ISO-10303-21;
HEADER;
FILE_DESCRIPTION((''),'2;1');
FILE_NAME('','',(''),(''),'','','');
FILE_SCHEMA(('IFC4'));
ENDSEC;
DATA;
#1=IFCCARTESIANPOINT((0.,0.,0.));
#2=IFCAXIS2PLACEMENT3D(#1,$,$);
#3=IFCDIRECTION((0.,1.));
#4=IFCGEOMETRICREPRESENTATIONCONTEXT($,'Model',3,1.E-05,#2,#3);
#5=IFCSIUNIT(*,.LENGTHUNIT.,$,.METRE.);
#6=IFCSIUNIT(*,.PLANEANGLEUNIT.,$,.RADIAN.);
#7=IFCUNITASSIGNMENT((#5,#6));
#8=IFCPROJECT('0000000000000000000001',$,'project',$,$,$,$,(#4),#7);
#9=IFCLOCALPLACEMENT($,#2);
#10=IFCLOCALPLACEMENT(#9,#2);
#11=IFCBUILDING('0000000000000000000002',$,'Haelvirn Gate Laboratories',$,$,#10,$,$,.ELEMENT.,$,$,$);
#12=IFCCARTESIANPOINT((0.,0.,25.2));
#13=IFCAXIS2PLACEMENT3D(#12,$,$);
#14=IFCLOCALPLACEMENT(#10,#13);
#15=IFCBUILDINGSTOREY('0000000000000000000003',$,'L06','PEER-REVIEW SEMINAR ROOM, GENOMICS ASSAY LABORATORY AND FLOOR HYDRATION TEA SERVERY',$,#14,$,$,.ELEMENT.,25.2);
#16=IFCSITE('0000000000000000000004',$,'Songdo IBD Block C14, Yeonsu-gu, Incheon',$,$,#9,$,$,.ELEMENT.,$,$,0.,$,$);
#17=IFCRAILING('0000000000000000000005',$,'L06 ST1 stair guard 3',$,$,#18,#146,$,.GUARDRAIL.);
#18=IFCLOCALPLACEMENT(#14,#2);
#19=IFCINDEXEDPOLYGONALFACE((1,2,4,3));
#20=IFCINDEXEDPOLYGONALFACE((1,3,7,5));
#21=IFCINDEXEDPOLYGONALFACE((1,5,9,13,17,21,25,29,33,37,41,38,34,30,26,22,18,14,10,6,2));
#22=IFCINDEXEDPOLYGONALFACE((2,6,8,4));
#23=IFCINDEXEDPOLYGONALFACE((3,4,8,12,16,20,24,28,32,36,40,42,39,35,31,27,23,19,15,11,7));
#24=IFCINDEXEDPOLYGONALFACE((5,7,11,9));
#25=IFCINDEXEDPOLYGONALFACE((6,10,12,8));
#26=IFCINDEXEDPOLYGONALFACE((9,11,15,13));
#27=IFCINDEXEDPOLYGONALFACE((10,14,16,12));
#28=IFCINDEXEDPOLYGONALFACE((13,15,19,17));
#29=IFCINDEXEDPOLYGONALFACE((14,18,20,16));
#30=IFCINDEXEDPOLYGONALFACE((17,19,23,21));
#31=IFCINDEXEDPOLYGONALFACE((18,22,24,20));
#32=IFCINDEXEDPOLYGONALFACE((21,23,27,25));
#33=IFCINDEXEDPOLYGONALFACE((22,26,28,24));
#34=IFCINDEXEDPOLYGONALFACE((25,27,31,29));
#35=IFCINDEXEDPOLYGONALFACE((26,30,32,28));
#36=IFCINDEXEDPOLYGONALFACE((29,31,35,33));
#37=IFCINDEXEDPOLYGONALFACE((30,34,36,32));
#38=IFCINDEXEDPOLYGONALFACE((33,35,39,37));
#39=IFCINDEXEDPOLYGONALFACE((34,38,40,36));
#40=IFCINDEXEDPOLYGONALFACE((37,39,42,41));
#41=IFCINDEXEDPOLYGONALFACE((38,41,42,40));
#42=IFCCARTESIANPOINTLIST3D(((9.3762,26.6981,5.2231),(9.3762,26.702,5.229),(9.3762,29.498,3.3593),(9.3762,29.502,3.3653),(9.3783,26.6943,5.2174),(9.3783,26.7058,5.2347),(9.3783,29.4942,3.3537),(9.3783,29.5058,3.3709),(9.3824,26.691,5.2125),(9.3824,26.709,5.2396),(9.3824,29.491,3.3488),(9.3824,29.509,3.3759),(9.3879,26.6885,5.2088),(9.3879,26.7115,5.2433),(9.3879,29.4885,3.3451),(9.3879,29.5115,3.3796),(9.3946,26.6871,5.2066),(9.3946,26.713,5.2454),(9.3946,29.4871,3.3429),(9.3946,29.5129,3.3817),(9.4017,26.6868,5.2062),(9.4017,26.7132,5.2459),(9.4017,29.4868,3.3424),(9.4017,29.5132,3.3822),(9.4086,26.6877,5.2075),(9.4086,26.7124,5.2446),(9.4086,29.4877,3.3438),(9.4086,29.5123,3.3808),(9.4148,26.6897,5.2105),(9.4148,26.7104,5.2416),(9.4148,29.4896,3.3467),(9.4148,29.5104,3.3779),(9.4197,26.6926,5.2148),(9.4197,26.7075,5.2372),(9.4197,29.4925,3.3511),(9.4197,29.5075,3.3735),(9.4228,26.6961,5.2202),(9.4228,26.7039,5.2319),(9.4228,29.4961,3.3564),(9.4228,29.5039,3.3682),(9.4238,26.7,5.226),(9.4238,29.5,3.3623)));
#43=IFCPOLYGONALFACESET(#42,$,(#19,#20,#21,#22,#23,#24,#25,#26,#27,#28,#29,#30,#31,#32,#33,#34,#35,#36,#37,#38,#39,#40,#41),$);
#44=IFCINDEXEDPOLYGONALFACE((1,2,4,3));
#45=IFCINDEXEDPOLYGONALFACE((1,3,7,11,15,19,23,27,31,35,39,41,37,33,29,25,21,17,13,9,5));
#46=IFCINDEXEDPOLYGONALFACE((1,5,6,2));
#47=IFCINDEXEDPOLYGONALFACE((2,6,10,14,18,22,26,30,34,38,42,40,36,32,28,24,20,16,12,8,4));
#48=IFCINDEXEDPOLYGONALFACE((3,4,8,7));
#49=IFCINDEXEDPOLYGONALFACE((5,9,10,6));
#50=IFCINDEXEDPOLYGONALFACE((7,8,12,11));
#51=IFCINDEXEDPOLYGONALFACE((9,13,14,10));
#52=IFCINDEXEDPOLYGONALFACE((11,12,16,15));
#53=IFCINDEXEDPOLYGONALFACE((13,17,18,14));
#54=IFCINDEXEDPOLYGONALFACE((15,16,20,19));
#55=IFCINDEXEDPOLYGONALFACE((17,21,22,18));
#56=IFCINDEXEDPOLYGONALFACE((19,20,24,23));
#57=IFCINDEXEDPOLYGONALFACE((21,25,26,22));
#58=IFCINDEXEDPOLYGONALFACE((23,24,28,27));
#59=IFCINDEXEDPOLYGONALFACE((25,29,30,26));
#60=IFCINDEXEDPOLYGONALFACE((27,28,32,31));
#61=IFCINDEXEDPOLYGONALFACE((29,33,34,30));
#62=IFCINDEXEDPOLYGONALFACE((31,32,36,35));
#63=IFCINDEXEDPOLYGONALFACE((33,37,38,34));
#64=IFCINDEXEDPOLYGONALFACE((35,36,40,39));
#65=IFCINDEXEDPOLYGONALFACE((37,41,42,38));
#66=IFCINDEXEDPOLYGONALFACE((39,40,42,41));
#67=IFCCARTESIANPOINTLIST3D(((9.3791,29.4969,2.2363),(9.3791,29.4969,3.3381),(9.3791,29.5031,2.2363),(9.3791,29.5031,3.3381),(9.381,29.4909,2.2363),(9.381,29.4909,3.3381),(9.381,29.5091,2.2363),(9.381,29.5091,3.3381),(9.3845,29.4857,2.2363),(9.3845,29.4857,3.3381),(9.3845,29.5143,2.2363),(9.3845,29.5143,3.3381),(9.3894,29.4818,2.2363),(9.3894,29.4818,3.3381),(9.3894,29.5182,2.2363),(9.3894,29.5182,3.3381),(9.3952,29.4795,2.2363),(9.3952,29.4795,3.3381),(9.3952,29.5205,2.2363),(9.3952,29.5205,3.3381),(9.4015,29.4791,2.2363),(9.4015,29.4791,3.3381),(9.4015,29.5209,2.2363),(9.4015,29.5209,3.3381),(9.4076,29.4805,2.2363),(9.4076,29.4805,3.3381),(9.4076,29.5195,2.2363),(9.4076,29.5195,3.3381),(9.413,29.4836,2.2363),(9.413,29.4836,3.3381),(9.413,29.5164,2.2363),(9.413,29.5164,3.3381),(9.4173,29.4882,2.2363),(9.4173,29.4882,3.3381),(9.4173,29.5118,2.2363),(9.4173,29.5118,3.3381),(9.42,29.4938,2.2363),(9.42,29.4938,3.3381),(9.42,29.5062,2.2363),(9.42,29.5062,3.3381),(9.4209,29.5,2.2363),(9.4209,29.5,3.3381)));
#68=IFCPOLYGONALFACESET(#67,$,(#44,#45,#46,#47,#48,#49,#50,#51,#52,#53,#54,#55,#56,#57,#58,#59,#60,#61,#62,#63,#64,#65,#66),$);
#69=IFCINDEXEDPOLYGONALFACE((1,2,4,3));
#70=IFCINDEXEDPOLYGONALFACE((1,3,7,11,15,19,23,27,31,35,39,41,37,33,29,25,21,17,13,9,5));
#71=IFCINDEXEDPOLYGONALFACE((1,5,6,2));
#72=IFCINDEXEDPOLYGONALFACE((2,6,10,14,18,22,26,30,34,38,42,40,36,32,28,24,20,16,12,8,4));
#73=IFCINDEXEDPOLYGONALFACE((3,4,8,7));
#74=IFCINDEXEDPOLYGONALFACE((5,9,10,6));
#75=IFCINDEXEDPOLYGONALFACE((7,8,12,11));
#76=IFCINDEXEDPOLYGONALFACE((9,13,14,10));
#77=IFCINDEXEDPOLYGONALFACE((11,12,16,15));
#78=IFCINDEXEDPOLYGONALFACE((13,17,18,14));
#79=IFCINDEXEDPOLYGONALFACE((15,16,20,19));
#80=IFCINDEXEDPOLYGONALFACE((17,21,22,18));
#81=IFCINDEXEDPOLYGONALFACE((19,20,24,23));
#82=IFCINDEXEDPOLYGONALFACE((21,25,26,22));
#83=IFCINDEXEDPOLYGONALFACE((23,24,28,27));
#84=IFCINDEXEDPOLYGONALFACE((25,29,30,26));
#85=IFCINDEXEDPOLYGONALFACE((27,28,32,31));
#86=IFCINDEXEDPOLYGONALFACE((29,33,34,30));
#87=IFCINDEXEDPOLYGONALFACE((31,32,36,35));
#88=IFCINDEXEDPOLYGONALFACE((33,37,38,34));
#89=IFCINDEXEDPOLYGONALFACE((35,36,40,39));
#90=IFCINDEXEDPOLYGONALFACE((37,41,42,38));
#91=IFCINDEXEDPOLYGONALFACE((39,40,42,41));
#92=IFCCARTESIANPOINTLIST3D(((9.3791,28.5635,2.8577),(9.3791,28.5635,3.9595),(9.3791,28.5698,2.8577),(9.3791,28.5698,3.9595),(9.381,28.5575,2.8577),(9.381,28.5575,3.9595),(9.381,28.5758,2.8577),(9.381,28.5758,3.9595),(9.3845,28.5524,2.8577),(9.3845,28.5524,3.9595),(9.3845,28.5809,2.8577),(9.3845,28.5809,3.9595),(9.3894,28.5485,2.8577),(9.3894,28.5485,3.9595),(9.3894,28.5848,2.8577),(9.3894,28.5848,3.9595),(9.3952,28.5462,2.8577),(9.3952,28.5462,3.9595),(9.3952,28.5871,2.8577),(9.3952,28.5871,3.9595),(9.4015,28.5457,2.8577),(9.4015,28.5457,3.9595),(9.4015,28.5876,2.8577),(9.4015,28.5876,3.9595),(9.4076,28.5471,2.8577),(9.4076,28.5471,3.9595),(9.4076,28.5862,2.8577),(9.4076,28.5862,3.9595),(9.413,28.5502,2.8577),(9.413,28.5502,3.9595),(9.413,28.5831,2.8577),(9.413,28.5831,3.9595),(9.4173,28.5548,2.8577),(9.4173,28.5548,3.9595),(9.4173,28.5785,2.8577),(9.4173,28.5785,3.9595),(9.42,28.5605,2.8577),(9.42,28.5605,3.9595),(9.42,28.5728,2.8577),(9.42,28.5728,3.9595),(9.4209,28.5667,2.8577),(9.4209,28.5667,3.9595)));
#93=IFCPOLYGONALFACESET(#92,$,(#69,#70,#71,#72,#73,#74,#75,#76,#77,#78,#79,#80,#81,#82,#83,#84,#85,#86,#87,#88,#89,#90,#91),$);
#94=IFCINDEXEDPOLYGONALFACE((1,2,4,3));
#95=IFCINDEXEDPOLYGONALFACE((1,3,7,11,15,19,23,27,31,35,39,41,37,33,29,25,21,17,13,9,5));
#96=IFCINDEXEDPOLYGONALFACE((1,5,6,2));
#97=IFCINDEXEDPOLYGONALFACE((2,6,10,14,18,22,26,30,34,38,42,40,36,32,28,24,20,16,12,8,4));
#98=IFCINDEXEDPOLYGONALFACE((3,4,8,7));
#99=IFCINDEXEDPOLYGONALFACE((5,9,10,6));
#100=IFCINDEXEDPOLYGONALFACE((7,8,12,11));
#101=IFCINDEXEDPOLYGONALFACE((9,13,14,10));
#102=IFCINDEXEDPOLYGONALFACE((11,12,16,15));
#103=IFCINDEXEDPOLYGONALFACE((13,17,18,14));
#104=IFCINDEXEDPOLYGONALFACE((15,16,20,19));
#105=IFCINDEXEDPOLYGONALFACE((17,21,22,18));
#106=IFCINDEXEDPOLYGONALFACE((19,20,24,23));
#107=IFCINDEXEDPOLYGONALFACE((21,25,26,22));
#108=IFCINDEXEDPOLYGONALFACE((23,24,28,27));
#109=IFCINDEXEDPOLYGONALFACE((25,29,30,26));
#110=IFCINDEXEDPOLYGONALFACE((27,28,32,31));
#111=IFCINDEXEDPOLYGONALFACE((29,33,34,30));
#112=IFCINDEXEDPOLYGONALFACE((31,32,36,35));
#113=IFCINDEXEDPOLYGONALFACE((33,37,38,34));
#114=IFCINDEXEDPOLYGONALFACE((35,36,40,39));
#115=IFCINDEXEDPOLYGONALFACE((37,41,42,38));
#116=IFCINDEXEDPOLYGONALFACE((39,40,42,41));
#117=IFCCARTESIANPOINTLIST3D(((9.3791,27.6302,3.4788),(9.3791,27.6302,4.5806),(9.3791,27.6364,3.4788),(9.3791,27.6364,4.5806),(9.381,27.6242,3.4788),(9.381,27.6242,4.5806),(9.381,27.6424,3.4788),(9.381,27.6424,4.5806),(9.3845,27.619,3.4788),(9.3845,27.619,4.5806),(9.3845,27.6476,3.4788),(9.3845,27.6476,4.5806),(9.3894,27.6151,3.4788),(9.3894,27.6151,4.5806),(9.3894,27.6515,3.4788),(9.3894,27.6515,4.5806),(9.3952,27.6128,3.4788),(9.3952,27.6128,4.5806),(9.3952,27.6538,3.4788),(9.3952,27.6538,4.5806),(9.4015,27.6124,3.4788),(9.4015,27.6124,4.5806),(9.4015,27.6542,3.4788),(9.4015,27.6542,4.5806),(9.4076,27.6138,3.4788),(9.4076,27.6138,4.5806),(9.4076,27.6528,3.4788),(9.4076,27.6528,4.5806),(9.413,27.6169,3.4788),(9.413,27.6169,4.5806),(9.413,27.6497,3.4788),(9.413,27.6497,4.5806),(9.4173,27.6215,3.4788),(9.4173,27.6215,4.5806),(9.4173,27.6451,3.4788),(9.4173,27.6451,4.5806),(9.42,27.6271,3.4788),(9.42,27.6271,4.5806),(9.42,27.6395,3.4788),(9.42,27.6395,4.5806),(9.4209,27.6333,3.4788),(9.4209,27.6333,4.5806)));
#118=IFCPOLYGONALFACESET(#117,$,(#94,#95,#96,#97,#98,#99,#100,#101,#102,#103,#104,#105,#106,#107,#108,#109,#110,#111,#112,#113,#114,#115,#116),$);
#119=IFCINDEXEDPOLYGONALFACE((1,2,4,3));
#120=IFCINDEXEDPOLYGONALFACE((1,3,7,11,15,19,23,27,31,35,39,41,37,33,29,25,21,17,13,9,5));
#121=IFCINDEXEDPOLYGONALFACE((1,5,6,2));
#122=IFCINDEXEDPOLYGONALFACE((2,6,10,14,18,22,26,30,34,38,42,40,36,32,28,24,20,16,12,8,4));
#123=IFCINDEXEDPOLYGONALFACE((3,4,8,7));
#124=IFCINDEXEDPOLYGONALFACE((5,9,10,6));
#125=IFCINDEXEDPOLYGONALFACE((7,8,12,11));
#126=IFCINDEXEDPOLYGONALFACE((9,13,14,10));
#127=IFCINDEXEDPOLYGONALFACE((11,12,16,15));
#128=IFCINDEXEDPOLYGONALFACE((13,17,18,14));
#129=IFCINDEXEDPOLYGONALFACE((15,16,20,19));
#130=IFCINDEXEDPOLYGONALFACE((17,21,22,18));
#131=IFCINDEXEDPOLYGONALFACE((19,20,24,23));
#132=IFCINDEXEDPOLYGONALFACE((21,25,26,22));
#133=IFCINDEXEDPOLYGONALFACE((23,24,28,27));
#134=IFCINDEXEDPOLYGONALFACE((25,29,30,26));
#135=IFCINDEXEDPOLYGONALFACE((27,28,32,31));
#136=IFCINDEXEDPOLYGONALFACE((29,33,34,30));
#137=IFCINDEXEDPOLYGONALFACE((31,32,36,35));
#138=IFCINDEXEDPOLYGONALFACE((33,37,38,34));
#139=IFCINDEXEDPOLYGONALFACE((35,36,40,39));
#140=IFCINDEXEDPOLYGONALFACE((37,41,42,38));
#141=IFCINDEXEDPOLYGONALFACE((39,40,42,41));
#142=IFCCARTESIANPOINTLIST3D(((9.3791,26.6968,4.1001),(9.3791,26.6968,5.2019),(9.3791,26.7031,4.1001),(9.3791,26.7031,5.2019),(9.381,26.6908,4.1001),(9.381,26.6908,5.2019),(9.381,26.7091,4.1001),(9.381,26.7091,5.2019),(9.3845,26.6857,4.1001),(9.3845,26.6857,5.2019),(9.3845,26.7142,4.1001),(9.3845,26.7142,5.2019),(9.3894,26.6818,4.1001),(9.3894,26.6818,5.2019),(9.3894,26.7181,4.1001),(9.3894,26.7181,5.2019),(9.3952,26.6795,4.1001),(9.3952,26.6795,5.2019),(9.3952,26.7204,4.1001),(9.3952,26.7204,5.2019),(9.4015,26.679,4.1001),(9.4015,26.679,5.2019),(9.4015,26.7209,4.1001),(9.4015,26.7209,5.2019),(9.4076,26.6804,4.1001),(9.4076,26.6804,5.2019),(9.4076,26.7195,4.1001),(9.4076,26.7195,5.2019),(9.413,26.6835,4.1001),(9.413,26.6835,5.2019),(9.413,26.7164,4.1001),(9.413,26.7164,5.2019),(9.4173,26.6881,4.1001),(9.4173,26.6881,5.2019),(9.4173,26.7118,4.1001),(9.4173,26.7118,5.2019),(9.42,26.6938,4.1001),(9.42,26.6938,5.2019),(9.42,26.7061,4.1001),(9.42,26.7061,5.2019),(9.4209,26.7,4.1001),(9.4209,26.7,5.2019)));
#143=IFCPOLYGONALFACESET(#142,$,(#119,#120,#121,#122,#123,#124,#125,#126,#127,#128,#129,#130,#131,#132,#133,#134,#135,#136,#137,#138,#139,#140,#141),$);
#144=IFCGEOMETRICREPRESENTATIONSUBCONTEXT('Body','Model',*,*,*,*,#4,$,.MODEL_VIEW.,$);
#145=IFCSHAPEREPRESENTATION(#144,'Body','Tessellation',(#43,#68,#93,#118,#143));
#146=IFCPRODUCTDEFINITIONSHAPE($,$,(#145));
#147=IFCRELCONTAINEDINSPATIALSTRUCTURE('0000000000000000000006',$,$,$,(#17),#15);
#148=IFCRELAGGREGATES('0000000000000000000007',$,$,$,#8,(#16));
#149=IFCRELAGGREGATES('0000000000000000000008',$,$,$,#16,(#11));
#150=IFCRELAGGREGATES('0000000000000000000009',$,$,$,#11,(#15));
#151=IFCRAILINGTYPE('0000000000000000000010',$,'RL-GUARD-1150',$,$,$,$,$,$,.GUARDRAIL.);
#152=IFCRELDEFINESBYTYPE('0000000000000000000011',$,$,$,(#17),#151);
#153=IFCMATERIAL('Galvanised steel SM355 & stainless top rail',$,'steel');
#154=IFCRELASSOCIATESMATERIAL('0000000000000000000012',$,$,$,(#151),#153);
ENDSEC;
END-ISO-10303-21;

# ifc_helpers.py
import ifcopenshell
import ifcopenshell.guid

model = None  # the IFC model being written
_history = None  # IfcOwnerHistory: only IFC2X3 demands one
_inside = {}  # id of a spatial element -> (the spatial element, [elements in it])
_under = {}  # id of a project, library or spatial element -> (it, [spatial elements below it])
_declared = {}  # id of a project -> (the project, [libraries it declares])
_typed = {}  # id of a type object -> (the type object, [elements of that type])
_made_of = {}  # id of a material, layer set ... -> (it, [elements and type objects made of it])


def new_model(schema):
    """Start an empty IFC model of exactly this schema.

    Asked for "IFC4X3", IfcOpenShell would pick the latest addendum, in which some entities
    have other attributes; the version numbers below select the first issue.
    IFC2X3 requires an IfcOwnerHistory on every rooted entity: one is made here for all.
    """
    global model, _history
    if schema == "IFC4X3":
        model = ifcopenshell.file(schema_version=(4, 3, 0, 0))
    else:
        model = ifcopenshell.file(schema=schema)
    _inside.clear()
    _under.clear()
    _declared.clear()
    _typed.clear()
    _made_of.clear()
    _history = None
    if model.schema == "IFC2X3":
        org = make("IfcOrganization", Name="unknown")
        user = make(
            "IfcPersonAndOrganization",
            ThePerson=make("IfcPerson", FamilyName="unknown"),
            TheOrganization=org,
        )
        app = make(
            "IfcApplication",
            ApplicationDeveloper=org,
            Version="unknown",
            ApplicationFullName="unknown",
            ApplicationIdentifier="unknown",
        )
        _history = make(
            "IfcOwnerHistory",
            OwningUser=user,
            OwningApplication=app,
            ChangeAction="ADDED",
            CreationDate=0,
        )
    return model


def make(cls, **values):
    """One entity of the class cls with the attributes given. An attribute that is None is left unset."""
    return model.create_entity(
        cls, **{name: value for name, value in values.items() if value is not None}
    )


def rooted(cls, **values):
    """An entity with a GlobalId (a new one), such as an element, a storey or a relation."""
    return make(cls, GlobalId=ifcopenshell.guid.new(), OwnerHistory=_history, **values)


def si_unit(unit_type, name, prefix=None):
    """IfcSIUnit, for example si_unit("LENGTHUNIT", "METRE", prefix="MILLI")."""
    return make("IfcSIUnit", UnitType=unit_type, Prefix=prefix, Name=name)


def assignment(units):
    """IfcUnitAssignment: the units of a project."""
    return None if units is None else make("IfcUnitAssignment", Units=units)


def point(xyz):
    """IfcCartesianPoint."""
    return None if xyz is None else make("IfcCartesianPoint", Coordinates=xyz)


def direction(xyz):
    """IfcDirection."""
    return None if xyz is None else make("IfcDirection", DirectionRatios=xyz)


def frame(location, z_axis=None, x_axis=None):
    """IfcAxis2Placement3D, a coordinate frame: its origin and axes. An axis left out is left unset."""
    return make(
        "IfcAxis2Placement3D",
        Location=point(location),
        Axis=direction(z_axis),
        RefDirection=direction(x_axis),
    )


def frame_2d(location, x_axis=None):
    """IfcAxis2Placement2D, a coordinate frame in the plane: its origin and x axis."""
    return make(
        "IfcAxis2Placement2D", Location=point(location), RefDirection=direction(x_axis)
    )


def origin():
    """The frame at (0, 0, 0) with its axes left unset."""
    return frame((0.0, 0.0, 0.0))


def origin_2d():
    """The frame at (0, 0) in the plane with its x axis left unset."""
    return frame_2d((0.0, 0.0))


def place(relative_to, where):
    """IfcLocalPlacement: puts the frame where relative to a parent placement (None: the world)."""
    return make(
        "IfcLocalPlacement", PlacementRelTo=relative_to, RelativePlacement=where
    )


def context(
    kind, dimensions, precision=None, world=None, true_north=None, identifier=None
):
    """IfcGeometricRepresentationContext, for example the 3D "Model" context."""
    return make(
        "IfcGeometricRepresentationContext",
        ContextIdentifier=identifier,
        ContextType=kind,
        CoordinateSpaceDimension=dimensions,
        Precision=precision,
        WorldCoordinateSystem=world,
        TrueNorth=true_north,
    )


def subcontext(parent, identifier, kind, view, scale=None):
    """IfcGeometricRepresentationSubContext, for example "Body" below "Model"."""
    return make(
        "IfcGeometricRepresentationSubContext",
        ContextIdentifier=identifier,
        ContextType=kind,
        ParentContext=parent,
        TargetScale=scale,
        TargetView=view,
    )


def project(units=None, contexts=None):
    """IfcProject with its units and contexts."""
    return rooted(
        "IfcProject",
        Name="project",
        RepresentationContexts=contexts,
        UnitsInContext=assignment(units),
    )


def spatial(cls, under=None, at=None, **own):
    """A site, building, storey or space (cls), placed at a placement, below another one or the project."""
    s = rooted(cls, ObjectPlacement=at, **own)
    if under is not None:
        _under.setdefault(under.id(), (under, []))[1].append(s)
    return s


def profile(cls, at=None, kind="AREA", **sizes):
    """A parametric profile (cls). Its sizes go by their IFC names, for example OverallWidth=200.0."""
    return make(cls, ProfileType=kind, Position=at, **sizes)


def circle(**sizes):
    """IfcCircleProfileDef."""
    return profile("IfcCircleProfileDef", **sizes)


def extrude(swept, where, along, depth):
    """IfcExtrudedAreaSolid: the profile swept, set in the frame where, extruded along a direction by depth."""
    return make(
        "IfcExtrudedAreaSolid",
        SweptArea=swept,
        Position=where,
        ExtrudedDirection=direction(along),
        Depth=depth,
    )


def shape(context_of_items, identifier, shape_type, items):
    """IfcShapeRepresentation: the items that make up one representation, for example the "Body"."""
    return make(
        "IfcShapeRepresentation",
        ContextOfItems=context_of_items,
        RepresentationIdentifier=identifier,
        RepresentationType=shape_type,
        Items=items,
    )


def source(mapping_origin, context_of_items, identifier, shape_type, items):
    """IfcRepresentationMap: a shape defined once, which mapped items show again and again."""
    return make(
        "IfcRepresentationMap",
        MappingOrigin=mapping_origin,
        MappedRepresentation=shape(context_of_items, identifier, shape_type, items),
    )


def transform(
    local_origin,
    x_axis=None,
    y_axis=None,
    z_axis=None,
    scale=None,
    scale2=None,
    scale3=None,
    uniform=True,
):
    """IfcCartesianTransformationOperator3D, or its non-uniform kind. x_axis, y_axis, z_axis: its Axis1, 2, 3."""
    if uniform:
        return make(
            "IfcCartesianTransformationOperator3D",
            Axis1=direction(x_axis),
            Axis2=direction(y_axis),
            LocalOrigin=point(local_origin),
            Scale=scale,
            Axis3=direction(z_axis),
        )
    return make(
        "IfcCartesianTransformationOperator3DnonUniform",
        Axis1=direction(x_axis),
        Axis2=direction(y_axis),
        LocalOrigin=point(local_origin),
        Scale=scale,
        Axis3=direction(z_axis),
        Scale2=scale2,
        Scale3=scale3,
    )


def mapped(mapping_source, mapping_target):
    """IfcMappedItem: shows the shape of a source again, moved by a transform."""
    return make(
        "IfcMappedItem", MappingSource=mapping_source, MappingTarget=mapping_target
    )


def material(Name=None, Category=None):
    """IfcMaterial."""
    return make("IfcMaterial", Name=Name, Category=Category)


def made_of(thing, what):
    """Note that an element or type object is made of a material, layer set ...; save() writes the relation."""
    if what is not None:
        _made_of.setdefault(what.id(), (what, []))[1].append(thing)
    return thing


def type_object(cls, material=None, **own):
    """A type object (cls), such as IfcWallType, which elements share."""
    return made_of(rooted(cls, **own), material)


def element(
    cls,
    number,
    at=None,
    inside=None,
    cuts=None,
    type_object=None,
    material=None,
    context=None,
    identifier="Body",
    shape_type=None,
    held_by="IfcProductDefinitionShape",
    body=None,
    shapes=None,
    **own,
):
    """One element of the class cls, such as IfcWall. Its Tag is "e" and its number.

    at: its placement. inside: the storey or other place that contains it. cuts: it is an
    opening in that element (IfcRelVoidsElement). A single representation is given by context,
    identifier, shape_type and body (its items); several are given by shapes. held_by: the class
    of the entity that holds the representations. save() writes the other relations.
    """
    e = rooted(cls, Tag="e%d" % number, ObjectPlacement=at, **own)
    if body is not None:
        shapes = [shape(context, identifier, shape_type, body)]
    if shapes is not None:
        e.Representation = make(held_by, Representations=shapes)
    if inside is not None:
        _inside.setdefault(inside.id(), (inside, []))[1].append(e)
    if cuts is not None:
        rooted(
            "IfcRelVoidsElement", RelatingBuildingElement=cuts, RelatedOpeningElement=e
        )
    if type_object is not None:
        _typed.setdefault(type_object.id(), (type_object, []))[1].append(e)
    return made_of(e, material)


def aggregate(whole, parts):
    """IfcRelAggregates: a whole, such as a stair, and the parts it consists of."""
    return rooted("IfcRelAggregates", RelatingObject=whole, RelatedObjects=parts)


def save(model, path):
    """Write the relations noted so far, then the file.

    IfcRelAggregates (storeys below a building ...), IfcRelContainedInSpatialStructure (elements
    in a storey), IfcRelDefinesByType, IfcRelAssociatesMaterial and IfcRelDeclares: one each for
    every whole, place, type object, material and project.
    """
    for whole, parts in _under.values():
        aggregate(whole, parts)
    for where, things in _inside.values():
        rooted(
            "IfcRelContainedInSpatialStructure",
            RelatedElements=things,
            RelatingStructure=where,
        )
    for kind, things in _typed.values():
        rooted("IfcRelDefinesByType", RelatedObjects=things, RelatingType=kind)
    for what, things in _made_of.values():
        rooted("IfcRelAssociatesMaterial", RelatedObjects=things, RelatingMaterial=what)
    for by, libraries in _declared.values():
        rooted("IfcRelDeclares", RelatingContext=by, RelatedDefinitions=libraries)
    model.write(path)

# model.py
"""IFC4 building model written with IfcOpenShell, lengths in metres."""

from ifc_helpers import new_model, si_unit, direction, frame, origin, origin_2d, place, context, subcontext, project, spatial, circle, extrude, source, transform, mapped, material, type_object, element, save


model = new_model("IFC4")

# Units and contexts
model_context = context("Model", 3, precision=1e-05, world=origin(), true_north=direction((0.0, 1.0)))
body_context = subcontext(model_context, "Body", "Model", "MODEL_VIEW")
ifc_project = project(units=[si_unit("LENGTHUNIT", "METRE"), si_unit("PLANEANGLEUNIT", "RADIAN")], contexts=[model_context])

# Site, building, storey
site_placement = place(None, origin())
site = spatial("IfcSite", under=ifc_project, at=site_placement, Name="Songdo IBD Block C14, Yeonsu-gu, Incheon", CompositionType="ELEMENT", RefElevation=0.0)
building_placement = place(site_placement, origin())
building = spatial("IfcBuilding", under=site, at=building_placement, Name="Haelvirn Gate Laboratories", CompositionType="ELEMENT")
storey_placement = place(building_placement, frame((0.0, 0.0, 25.2)))
storey = spatial("IfcBuildingStorey", under=building, at=storey_placement, Name="L06", Description="PEER-REVIEW SEMINAR ROOM, GENOMICS ASSAY LABORATORY AND FLOOR HYDRATION TEA SERVERY", CompositionType="ELEMENT", Elevation=25.2)

# Railing
ifc_material_1 = material(Name="Galvanised steel SM355 & stainless top rail", Category="steel")
railing_type_1 = type_object("IfcRailingType", Name="RL-GUARD-1150", PredefinedType="GUARDRAIL", material=ifc_material_1)
shared_shape_1 = source(origin(), body_context, "Body", "SweptSolid", [
    extrude(circle(Radius=0.0239, at=origin_2d()), frame((0.0, 0.0, 1.126), z_axis=(0.0, -0.832452, 0.554097), x_axis=(1.0, 0.0, 0.0)), (0.0, 0.0, 1.0), 3.3635),
    extrude(circle(Radius=0.021, at=origin_2d()), origin(), (0.0, 0.0, 1.0), 1.1018),
    extrude(circle(Radius=0.021, at=origin_2d()), frame((0.0, -0.9333, 0.6213)), (0.0, 0.0, 1.0), 1.1018),
    extrude(circle(Radius=0.021, at=origin_2d()), frame((0.0, -1.8667, 1.2424)), (0.0, 0.0, 1.0), 1.1018),
    extrude(circle(Radius=0.021, at=origin_2d()), frame((0.0, -2.8, 1.8638)), (0.0, 0.0, 1.0), 1.1018),
])
railing_1_placement = place(storey_placement, frame((9.3999, 29.5, 2.2363)))
element("IfcRailing", 1, at=railing_1_placement, inside=storey, type_object=railing_type_1, Name="L06 ST1 stair guard 3", PredefinedType="GUARDRAIL", context=body_context, shape_type="MappedRepresentation", body=[
    mapped(shared_shape_1, transform((0.0, 0.0, 0.0), scale=1.0)),
])

save(model, "model.ifc")
